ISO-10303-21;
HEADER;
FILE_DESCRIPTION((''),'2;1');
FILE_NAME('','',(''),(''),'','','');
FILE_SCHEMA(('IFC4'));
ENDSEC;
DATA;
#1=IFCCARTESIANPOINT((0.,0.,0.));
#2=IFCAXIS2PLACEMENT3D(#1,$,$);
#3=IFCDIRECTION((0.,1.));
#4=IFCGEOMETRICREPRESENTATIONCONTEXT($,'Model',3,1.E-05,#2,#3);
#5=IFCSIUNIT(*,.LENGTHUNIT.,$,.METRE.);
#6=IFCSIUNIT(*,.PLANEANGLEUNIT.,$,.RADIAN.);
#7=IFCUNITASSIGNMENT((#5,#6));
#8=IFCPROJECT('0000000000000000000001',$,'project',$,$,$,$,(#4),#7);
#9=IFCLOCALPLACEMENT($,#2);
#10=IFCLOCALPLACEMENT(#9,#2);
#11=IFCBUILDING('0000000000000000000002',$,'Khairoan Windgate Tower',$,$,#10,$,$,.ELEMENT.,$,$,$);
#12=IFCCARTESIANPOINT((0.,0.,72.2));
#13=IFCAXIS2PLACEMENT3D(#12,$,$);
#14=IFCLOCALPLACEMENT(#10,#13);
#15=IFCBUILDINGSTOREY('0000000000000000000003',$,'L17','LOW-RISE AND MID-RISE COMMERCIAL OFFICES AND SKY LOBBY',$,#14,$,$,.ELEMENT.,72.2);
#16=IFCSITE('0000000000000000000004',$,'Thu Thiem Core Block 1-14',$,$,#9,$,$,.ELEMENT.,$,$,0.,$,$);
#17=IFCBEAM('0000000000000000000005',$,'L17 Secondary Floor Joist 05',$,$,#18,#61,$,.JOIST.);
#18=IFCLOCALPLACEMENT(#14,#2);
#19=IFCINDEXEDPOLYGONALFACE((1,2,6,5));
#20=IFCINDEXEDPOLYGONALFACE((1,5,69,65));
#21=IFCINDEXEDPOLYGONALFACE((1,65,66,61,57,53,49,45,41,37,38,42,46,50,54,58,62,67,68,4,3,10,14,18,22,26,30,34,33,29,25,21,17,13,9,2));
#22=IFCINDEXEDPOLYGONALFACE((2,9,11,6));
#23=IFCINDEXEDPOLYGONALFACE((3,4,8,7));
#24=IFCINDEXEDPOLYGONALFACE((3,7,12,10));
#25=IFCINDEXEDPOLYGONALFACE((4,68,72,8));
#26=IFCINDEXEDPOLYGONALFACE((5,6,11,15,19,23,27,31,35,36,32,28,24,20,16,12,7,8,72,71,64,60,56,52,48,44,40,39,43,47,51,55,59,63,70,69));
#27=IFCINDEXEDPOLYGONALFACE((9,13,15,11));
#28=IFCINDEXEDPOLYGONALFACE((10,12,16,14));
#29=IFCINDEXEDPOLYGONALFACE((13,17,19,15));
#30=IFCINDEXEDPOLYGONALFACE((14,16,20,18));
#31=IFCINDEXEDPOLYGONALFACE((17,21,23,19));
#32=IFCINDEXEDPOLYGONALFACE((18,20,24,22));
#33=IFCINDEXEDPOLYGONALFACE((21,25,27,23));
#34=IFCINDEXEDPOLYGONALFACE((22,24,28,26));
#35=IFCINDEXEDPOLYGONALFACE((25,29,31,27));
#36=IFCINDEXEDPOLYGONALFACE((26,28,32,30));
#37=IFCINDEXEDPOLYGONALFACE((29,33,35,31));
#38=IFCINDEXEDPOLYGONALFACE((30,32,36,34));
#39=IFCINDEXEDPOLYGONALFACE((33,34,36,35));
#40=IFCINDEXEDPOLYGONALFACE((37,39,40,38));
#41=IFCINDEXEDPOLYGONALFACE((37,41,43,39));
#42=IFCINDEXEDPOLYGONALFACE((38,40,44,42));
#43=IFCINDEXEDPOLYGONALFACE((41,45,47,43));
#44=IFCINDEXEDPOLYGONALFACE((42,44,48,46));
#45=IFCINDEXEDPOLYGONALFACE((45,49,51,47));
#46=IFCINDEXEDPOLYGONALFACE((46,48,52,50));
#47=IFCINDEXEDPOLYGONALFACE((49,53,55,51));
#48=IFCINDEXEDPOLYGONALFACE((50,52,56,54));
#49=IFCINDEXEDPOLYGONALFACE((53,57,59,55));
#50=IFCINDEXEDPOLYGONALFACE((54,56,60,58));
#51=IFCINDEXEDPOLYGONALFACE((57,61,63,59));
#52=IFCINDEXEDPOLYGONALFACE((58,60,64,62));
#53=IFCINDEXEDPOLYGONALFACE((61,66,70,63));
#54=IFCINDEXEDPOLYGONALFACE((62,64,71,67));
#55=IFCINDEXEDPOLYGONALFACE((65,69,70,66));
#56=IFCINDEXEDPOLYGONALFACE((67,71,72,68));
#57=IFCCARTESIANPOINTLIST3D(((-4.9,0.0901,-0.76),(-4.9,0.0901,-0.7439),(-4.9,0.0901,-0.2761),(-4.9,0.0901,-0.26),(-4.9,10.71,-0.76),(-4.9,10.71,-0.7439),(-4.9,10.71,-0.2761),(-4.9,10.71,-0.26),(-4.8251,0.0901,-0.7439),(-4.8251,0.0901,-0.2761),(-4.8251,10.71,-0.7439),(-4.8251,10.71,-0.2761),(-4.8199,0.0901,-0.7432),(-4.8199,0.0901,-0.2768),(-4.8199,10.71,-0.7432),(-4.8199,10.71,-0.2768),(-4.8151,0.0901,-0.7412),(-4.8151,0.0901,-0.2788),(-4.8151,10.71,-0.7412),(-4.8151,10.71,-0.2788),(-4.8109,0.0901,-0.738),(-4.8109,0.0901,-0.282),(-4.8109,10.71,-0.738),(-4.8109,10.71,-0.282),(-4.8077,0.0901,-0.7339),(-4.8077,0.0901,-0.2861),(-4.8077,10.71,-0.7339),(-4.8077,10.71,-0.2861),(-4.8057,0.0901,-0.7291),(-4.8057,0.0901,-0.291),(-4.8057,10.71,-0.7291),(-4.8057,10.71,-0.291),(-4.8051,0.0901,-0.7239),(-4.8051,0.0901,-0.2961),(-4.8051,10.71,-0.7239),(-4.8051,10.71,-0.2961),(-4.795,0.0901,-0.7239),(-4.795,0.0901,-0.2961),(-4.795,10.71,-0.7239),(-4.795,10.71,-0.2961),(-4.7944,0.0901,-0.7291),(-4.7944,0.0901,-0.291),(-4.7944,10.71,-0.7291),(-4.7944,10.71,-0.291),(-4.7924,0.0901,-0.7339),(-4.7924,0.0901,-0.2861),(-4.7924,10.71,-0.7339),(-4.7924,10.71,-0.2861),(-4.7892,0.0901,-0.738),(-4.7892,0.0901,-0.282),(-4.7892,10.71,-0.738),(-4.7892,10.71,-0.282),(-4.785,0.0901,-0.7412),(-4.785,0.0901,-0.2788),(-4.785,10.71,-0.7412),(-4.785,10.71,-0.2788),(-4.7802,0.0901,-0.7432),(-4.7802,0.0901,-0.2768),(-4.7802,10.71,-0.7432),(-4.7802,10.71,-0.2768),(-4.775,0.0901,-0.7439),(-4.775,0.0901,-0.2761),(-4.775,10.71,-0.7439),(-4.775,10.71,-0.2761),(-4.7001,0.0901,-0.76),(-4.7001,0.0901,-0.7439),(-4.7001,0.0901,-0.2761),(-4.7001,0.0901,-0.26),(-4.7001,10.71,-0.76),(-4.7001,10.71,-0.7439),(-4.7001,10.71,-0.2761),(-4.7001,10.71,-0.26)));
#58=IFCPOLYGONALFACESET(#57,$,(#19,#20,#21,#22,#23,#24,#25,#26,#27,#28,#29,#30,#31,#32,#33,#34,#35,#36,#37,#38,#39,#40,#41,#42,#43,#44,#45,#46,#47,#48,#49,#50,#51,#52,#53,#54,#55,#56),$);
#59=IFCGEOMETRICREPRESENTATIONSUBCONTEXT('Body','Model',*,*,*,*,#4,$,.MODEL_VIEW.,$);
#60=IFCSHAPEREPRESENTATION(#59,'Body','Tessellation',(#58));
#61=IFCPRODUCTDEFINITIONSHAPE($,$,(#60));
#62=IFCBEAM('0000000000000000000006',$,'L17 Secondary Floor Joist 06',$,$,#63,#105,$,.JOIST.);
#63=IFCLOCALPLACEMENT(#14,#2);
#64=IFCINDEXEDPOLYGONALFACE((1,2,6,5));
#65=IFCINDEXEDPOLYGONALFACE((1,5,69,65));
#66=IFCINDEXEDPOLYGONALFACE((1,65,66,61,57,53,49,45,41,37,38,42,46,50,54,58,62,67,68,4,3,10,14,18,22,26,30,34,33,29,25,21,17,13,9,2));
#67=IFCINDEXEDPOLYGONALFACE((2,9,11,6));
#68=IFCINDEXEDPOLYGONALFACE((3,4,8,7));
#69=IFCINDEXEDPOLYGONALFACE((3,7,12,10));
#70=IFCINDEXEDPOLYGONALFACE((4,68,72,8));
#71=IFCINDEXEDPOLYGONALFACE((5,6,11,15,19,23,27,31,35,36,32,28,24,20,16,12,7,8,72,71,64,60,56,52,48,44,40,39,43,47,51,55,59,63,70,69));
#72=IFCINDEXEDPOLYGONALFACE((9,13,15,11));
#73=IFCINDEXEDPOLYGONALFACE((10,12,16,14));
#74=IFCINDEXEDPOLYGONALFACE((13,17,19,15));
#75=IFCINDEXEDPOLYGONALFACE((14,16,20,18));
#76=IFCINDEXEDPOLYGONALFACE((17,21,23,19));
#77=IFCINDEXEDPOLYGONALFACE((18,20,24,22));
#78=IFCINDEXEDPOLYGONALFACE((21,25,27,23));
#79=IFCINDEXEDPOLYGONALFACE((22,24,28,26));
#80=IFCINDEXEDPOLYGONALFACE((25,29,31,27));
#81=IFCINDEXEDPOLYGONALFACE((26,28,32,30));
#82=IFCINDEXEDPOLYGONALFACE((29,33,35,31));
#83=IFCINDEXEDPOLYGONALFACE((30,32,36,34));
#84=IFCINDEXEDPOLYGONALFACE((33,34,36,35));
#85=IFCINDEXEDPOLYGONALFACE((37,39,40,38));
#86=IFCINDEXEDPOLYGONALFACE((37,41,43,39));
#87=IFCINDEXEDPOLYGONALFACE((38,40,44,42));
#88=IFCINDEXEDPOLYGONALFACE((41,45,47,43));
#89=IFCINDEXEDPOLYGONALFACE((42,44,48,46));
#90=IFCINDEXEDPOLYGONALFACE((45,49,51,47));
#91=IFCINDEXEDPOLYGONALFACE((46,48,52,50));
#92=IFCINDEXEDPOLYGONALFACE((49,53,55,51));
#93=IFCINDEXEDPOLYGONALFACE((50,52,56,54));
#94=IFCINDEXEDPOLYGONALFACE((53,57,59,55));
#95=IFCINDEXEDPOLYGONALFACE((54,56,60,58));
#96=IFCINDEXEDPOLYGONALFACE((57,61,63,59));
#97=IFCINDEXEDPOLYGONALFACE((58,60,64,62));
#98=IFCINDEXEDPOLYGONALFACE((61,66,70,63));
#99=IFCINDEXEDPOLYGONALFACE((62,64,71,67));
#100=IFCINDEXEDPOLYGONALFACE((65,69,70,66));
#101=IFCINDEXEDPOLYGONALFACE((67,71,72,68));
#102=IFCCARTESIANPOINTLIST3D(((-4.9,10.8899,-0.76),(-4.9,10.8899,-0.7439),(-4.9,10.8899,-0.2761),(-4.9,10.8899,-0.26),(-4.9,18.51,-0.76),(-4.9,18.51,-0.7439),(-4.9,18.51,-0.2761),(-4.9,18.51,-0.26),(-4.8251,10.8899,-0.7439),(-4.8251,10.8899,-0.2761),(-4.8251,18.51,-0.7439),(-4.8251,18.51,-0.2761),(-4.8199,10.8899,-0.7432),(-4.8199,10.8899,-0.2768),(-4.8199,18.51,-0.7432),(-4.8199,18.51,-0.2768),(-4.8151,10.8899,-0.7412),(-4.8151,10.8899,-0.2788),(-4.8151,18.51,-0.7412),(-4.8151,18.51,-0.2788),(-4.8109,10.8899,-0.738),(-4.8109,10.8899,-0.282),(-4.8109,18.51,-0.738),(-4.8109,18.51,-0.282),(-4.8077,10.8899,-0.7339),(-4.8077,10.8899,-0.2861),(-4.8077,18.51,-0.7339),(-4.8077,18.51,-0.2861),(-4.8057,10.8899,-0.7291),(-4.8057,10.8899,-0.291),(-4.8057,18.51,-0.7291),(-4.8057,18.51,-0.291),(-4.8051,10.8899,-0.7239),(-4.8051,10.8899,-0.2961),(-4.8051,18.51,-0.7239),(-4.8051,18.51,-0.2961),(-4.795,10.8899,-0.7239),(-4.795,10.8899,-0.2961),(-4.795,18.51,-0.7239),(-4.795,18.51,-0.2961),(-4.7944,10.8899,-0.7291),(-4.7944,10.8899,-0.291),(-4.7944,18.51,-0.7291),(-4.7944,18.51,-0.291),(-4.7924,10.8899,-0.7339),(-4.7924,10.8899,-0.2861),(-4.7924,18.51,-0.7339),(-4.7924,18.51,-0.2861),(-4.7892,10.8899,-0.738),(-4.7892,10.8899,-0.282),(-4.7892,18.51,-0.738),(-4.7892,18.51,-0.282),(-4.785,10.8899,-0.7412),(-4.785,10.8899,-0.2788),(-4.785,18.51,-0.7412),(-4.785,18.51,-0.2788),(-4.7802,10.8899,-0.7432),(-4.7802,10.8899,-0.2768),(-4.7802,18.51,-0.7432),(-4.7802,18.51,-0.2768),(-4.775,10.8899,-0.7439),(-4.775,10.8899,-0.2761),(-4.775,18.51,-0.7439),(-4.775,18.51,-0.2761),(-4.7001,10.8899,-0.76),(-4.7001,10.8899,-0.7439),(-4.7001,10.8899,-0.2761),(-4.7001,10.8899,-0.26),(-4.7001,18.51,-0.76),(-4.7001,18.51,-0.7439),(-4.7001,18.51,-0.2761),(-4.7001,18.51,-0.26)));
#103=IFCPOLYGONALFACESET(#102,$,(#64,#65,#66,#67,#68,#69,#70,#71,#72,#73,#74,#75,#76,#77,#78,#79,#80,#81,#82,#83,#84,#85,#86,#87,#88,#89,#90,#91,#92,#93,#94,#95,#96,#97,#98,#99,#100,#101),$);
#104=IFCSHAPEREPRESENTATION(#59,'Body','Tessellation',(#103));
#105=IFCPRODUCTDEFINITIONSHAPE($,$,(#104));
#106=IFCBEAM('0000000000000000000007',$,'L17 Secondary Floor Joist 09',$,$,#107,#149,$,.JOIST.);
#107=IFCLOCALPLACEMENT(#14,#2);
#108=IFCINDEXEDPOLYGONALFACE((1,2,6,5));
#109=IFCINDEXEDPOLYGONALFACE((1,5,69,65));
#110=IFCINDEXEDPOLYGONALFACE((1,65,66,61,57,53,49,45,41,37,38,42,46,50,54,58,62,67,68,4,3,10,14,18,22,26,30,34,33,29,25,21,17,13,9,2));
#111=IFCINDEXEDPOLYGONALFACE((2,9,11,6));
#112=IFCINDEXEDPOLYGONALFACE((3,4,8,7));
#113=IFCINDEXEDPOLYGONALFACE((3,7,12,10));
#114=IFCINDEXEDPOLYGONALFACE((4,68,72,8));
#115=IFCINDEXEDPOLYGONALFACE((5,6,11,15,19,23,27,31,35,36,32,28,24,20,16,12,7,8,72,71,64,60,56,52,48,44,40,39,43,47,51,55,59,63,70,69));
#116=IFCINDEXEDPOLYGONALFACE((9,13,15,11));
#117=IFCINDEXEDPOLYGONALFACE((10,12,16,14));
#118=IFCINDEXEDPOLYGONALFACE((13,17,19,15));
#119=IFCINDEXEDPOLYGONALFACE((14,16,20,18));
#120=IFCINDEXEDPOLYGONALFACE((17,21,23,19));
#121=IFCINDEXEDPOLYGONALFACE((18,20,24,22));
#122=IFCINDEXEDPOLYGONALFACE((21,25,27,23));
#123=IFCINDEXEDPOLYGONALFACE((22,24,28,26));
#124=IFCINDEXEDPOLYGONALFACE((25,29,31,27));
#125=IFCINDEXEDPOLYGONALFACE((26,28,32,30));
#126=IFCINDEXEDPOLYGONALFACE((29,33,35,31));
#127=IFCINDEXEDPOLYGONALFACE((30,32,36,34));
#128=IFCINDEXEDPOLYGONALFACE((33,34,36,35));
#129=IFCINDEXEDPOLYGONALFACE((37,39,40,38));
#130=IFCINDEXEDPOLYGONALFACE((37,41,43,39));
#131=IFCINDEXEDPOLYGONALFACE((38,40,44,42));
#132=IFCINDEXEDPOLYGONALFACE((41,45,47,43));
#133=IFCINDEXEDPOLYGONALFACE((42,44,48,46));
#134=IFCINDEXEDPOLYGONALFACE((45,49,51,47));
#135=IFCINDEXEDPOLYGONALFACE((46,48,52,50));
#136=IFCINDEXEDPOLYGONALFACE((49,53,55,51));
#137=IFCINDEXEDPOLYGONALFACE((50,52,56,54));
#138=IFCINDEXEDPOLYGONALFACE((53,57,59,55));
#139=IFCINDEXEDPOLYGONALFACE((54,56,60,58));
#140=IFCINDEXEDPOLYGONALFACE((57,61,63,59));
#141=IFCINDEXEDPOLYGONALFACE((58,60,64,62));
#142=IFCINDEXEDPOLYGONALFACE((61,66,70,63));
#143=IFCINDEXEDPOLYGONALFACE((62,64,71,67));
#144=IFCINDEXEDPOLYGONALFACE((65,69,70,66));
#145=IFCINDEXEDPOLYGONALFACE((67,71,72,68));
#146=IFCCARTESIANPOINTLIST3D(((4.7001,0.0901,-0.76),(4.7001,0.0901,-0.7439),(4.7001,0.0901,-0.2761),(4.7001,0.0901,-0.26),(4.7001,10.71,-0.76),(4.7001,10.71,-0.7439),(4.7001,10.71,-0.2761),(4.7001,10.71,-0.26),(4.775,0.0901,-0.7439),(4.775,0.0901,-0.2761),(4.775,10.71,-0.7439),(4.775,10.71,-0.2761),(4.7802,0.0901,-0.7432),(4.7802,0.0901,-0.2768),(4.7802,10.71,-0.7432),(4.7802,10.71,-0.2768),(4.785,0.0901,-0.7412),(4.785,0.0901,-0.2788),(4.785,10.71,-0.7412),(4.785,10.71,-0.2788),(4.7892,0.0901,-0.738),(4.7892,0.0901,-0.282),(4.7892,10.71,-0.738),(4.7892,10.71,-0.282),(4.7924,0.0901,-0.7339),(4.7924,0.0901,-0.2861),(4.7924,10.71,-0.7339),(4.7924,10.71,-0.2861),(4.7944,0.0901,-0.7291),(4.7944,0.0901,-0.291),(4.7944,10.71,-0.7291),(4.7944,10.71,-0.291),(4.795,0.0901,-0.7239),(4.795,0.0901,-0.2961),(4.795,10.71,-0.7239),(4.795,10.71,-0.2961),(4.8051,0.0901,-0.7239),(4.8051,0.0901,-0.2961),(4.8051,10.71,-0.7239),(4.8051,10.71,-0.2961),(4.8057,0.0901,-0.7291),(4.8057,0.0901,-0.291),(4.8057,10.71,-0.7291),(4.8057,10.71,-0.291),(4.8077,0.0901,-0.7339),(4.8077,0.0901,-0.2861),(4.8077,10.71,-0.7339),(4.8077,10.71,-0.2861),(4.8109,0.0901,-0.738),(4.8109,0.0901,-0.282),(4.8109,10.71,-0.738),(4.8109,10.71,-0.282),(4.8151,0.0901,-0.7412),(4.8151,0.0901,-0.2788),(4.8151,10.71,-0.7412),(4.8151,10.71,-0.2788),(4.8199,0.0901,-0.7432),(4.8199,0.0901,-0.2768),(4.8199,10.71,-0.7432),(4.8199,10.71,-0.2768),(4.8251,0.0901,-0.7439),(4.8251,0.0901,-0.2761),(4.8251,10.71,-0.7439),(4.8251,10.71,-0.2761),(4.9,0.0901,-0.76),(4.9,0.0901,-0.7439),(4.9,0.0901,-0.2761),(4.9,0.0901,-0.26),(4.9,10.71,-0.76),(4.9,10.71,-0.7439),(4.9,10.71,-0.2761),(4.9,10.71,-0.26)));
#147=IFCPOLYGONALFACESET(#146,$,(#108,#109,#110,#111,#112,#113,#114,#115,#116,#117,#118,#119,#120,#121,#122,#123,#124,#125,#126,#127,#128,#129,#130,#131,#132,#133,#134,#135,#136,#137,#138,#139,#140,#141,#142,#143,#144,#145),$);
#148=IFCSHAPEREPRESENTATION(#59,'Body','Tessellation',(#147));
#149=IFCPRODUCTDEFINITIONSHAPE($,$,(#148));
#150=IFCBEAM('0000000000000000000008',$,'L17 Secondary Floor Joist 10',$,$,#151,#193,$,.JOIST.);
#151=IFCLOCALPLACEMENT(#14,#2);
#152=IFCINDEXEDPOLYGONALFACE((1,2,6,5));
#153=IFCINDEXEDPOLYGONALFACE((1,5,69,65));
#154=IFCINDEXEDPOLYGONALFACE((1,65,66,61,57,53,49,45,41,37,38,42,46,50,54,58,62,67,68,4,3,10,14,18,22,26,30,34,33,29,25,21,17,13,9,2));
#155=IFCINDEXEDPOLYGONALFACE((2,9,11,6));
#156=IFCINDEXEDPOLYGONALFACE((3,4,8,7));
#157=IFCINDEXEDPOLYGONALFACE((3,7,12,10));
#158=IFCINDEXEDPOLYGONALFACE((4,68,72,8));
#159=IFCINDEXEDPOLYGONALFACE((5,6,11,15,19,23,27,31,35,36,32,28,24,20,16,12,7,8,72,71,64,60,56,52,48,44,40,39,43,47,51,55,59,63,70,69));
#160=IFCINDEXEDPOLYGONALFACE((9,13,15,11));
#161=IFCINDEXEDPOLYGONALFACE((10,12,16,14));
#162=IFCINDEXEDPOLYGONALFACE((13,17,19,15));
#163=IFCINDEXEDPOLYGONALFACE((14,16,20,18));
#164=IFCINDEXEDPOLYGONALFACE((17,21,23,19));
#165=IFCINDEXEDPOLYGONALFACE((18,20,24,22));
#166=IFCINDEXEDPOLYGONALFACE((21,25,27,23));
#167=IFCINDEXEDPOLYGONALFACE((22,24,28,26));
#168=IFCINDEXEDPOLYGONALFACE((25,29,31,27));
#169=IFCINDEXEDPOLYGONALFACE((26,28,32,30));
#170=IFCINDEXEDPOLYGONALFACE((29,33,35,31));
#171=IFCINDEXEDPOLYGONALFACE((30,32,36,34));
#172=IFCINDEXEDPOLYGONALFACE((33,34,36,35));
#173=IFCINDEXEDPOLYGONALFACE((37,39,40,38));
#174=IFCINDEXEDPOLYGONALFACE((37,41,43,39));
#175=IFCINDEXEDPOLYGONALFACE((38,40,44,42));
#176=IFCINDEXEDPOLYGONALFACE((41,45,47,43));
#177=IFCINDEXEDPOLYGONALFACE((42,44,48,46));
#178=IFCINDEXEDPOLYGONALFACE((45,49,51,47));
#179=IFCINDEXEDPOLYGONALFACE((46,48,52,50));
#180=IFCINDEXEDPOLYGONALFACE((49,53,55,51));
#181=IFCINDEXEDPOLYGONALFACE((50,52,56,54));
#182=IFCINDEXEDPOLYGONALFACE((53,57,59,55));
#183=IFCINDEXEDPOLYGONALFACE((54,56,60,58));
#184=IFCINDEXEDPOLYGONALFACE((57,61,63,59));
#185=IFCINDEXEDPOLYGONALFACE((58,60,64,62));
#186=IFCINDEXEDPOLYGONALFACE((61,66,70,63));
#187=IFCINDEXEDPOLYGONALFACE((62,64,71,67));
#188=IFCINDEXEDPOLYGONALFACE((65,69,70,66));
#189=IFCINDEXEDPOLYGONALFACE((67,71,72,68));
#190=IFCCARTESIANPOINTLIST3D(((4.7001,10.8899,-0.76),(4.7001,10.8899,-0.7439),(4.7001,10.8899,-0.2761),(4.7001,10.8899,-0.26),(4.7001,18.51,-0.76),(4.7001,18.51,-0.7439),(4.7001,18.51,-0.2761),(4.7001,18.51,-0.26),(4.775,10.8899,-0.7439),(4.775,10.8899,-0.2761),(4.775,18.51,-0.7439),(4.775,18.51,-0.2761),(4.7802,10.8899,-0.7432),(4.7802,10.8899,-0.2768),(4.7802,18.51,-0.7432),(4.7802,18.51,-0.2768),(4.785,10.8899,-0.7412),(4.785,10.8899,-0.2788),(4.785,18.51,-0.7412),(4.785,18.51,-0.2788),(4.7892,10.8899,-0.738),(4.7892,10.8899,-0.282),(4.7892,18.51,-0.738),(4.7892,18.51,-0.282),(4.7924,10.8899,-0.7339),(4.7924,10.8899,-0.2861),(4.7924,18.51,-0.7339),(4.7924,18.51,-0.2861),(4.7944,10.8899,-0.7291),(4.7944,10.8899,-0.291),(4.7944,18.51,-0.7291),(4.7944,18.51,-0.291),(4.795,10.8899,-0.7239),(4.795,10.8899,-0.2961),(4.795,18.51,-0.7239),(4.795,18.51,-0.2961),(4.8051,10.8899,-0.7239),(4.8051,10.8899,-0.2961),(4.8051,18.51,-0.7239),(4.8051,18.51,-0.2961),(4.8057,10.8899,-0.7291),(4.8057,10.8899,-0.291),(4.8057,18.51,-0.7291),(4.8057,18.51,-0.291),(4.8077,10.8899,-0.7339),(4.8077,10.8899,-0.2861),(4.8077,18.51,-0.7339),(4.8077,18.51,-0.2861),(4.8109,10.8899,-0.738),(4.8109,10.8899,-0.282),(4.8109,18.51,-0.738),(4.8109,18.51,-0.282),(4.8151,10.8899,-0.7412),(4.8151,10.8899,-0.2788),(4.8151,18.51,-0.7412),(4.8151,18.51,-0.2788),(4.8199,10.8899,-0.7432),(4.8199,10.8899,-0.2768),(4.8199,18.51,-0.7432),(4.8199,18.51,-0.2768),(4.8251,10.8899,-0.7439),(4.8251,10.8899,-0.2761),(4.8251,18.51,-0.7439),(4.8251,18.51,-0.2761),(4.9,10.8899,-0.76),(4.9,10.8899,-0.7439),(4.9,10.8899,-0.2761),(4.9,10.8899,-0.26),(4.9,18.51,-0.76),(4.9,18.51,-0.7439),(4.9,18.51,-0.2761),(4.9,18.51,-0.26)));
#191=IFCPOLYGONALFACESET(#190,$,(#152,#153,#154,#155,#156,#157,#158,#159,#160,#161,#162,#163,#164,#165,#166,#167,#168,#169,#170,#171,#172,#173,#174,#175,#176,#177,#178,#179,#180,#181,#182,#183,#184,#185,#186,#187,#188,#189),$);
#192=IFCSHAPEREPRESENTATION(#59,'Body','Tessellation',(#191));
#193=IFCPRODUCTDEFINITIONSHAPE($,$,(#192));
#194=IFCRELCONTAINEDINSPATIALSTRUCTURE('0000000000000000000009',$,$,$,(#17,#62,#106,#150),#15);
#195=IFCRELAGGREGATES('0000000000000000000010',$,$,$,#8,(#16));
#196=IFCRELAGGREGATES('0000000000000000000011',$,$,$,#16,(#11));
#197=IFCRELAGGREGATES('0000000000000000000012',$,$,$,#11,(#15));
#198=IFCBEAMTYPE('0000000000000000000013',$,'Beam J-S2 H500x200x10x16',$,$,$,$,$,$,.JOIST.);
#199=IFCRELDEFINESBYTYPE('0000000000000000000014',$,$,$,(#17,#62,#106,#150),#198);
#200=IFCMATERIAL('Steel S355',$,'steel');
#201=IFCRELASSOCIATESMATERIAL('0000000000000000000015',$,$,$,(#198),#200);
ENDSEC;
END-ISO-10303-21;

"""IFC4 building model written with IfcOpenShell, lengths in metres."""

from ifc_helpers import new_model, si_unit, direction, frame, origin, origin_2d, place, context, subcontext, project, spatial, i_section, extrude, material, material_profile, profile_set, type_object, element, save


model = new_model("IFC4")

# Units and contexts
model_context = context("Model", 3, precision=1e-05, world=origin(), true_north=direction((0.0, 1.0)))
body_context = subcontext(model_context, "Body", "Model", "MODEL_VIEW")
ifc_project = project(units=[si_unit("LENGTHUNIT", "METRE"), si_unit("PLANEANGLEUNIT", "RADIAN")], contexts=[model_context])

# Site, building, storey
site_placement = place(None, origin())
site = spatial("IfcSite", under=ifc_project, at=site_placement, Name="Thu Thiem Core Block 1-14", CompositionType="ELEMENT", RefElevation=0.0)
building_placement = place(site_placement, origin())
building = spatial("IfcBuilding", under=site, at=building_placement, Name="Khairoan Windgate Tower", CompositionType="ELEMENT")
storey_placement = place(building_placement, frame((0.0, 0.0, 72.2)))
storey = spatial("IfcBuildingStorey", under=building, at=storey_placement, Name="L17", Description="LOW-RISE AND MID-RISE COMMERCIAL OFFICES AND SKY LOBBY", CompositionType="ELEMENT", Elevation=72.2)

# Beams
ifc_material_1 = material(Name="Steel S355", Category="steel")
ifc_material_profile_1 = material_profile(ifc_material_1, i_section(OverallWidth=0.2, OverallDepth=0.5, WebThickness=0.01, FlangeThickness=0.0161, FilletRadius=0.02, at=origin_2d()))
ifc_profile_set_1 = profile_set([ifc_material_profile_1], Name="Steel S355")
beam_type_1 = type_object("IfcBeamType", Name="Beam J-S2 H500x200x10x16", PredefinedType="JOIST", material=ifc_profile_set_1)
beam_1_placement = place(storey_placement, frame((-4.8, 0.0901, -0.51), z_axis=(0.0, 1.0, 0.0), x_axis=(-1.0, 0.0, 0.0)))
element("IfcBeam", 1, at=beam_1_placement, inside=storey, type_object=beam_type_1, Name="L17 Secondary Floor Joist 05", PredefinedType="JOIST", context=body_context, shape_type="SweptSolid", body=[
    extrude(i_section(OverallWidth=0.2, OverallDepth=0.5, WebThickness=0.01, FlangeThickness=0.0161, FilletRadius=0.02, at=origin_2d()), origin(), (0.0, 0.0, 1.0), 10.6199),
])
beam_2_placement = place(storey_placement, frame((-4.8, 10.8899, -0.51), z_axis=(0.0, 1.0, 0.0), x_axis=(-1.0, 0.0, 0.0)))
element("IfcBeam", 2, at=beam_2_placement, inside=storey, type_object=beam_type_1, Name="L17 Secondary Floor Joist 06", PredefinedType="JOIST", context=body_context, shape_type="SweptSolid", body=[
    extrude(i_section(OverallWidth=0.2, OverallDepth=0.5, WebThickness=0.01, FlangeThickness=0.0161, FilletRadius=0.02, at=origin_2d()), origin(), (0.0, 0.0, 1.0), 7.6201),
])
beam_3_placement = place(storey_placement, frame((4.8, 0.0901, -0.51), z_axis=(0.0, 1.0, 0.0), x_axis=(-1.0, 0.0, 0.0)))
element("IfcBeam", 3, at=beam_3_placement, inside=storey, type_object=beam_type_1, Name="L17 Secondary Floor Joist 09", PredefinedType="JOIST", context=body_context, shape_type="SweptSolid", body=[
    extrude(i_section(OverallWidth=0.2, OverallDepth=0.5, WebThickness=0.01, FlangeThickness=0.0161, FilletRadius=0.02, at=origin_2d()), origin(), (0.0, 0.0, 1.0), 10.6199),
])
beam_4_placement = place(storey_placement, frame((4.8, 10.8899, -0.51), z_axis=(0.0, 1.0, 0.0), x_axis=(-1.0, 0.0, 0.0)))
element("IfcBeam", 4, at=beam_4_placement, inside=storey, type_object=beam_type_1, Name="L17 Secondary Floor Joist 10", PredefinedType="JOIST", context=body_context, shape_type="SweptSolid", body=[
    extrude(i_section(OverallWidth=0.2, OverallDepth=0.5, WebThickness=0.01, FlangeThickness=0.0161, FilletRadius=0.02, at=origin_2d()), origin(), (0.0, 0.0, 1.0), 7.6201),
])

save(model, "model.ifc")
